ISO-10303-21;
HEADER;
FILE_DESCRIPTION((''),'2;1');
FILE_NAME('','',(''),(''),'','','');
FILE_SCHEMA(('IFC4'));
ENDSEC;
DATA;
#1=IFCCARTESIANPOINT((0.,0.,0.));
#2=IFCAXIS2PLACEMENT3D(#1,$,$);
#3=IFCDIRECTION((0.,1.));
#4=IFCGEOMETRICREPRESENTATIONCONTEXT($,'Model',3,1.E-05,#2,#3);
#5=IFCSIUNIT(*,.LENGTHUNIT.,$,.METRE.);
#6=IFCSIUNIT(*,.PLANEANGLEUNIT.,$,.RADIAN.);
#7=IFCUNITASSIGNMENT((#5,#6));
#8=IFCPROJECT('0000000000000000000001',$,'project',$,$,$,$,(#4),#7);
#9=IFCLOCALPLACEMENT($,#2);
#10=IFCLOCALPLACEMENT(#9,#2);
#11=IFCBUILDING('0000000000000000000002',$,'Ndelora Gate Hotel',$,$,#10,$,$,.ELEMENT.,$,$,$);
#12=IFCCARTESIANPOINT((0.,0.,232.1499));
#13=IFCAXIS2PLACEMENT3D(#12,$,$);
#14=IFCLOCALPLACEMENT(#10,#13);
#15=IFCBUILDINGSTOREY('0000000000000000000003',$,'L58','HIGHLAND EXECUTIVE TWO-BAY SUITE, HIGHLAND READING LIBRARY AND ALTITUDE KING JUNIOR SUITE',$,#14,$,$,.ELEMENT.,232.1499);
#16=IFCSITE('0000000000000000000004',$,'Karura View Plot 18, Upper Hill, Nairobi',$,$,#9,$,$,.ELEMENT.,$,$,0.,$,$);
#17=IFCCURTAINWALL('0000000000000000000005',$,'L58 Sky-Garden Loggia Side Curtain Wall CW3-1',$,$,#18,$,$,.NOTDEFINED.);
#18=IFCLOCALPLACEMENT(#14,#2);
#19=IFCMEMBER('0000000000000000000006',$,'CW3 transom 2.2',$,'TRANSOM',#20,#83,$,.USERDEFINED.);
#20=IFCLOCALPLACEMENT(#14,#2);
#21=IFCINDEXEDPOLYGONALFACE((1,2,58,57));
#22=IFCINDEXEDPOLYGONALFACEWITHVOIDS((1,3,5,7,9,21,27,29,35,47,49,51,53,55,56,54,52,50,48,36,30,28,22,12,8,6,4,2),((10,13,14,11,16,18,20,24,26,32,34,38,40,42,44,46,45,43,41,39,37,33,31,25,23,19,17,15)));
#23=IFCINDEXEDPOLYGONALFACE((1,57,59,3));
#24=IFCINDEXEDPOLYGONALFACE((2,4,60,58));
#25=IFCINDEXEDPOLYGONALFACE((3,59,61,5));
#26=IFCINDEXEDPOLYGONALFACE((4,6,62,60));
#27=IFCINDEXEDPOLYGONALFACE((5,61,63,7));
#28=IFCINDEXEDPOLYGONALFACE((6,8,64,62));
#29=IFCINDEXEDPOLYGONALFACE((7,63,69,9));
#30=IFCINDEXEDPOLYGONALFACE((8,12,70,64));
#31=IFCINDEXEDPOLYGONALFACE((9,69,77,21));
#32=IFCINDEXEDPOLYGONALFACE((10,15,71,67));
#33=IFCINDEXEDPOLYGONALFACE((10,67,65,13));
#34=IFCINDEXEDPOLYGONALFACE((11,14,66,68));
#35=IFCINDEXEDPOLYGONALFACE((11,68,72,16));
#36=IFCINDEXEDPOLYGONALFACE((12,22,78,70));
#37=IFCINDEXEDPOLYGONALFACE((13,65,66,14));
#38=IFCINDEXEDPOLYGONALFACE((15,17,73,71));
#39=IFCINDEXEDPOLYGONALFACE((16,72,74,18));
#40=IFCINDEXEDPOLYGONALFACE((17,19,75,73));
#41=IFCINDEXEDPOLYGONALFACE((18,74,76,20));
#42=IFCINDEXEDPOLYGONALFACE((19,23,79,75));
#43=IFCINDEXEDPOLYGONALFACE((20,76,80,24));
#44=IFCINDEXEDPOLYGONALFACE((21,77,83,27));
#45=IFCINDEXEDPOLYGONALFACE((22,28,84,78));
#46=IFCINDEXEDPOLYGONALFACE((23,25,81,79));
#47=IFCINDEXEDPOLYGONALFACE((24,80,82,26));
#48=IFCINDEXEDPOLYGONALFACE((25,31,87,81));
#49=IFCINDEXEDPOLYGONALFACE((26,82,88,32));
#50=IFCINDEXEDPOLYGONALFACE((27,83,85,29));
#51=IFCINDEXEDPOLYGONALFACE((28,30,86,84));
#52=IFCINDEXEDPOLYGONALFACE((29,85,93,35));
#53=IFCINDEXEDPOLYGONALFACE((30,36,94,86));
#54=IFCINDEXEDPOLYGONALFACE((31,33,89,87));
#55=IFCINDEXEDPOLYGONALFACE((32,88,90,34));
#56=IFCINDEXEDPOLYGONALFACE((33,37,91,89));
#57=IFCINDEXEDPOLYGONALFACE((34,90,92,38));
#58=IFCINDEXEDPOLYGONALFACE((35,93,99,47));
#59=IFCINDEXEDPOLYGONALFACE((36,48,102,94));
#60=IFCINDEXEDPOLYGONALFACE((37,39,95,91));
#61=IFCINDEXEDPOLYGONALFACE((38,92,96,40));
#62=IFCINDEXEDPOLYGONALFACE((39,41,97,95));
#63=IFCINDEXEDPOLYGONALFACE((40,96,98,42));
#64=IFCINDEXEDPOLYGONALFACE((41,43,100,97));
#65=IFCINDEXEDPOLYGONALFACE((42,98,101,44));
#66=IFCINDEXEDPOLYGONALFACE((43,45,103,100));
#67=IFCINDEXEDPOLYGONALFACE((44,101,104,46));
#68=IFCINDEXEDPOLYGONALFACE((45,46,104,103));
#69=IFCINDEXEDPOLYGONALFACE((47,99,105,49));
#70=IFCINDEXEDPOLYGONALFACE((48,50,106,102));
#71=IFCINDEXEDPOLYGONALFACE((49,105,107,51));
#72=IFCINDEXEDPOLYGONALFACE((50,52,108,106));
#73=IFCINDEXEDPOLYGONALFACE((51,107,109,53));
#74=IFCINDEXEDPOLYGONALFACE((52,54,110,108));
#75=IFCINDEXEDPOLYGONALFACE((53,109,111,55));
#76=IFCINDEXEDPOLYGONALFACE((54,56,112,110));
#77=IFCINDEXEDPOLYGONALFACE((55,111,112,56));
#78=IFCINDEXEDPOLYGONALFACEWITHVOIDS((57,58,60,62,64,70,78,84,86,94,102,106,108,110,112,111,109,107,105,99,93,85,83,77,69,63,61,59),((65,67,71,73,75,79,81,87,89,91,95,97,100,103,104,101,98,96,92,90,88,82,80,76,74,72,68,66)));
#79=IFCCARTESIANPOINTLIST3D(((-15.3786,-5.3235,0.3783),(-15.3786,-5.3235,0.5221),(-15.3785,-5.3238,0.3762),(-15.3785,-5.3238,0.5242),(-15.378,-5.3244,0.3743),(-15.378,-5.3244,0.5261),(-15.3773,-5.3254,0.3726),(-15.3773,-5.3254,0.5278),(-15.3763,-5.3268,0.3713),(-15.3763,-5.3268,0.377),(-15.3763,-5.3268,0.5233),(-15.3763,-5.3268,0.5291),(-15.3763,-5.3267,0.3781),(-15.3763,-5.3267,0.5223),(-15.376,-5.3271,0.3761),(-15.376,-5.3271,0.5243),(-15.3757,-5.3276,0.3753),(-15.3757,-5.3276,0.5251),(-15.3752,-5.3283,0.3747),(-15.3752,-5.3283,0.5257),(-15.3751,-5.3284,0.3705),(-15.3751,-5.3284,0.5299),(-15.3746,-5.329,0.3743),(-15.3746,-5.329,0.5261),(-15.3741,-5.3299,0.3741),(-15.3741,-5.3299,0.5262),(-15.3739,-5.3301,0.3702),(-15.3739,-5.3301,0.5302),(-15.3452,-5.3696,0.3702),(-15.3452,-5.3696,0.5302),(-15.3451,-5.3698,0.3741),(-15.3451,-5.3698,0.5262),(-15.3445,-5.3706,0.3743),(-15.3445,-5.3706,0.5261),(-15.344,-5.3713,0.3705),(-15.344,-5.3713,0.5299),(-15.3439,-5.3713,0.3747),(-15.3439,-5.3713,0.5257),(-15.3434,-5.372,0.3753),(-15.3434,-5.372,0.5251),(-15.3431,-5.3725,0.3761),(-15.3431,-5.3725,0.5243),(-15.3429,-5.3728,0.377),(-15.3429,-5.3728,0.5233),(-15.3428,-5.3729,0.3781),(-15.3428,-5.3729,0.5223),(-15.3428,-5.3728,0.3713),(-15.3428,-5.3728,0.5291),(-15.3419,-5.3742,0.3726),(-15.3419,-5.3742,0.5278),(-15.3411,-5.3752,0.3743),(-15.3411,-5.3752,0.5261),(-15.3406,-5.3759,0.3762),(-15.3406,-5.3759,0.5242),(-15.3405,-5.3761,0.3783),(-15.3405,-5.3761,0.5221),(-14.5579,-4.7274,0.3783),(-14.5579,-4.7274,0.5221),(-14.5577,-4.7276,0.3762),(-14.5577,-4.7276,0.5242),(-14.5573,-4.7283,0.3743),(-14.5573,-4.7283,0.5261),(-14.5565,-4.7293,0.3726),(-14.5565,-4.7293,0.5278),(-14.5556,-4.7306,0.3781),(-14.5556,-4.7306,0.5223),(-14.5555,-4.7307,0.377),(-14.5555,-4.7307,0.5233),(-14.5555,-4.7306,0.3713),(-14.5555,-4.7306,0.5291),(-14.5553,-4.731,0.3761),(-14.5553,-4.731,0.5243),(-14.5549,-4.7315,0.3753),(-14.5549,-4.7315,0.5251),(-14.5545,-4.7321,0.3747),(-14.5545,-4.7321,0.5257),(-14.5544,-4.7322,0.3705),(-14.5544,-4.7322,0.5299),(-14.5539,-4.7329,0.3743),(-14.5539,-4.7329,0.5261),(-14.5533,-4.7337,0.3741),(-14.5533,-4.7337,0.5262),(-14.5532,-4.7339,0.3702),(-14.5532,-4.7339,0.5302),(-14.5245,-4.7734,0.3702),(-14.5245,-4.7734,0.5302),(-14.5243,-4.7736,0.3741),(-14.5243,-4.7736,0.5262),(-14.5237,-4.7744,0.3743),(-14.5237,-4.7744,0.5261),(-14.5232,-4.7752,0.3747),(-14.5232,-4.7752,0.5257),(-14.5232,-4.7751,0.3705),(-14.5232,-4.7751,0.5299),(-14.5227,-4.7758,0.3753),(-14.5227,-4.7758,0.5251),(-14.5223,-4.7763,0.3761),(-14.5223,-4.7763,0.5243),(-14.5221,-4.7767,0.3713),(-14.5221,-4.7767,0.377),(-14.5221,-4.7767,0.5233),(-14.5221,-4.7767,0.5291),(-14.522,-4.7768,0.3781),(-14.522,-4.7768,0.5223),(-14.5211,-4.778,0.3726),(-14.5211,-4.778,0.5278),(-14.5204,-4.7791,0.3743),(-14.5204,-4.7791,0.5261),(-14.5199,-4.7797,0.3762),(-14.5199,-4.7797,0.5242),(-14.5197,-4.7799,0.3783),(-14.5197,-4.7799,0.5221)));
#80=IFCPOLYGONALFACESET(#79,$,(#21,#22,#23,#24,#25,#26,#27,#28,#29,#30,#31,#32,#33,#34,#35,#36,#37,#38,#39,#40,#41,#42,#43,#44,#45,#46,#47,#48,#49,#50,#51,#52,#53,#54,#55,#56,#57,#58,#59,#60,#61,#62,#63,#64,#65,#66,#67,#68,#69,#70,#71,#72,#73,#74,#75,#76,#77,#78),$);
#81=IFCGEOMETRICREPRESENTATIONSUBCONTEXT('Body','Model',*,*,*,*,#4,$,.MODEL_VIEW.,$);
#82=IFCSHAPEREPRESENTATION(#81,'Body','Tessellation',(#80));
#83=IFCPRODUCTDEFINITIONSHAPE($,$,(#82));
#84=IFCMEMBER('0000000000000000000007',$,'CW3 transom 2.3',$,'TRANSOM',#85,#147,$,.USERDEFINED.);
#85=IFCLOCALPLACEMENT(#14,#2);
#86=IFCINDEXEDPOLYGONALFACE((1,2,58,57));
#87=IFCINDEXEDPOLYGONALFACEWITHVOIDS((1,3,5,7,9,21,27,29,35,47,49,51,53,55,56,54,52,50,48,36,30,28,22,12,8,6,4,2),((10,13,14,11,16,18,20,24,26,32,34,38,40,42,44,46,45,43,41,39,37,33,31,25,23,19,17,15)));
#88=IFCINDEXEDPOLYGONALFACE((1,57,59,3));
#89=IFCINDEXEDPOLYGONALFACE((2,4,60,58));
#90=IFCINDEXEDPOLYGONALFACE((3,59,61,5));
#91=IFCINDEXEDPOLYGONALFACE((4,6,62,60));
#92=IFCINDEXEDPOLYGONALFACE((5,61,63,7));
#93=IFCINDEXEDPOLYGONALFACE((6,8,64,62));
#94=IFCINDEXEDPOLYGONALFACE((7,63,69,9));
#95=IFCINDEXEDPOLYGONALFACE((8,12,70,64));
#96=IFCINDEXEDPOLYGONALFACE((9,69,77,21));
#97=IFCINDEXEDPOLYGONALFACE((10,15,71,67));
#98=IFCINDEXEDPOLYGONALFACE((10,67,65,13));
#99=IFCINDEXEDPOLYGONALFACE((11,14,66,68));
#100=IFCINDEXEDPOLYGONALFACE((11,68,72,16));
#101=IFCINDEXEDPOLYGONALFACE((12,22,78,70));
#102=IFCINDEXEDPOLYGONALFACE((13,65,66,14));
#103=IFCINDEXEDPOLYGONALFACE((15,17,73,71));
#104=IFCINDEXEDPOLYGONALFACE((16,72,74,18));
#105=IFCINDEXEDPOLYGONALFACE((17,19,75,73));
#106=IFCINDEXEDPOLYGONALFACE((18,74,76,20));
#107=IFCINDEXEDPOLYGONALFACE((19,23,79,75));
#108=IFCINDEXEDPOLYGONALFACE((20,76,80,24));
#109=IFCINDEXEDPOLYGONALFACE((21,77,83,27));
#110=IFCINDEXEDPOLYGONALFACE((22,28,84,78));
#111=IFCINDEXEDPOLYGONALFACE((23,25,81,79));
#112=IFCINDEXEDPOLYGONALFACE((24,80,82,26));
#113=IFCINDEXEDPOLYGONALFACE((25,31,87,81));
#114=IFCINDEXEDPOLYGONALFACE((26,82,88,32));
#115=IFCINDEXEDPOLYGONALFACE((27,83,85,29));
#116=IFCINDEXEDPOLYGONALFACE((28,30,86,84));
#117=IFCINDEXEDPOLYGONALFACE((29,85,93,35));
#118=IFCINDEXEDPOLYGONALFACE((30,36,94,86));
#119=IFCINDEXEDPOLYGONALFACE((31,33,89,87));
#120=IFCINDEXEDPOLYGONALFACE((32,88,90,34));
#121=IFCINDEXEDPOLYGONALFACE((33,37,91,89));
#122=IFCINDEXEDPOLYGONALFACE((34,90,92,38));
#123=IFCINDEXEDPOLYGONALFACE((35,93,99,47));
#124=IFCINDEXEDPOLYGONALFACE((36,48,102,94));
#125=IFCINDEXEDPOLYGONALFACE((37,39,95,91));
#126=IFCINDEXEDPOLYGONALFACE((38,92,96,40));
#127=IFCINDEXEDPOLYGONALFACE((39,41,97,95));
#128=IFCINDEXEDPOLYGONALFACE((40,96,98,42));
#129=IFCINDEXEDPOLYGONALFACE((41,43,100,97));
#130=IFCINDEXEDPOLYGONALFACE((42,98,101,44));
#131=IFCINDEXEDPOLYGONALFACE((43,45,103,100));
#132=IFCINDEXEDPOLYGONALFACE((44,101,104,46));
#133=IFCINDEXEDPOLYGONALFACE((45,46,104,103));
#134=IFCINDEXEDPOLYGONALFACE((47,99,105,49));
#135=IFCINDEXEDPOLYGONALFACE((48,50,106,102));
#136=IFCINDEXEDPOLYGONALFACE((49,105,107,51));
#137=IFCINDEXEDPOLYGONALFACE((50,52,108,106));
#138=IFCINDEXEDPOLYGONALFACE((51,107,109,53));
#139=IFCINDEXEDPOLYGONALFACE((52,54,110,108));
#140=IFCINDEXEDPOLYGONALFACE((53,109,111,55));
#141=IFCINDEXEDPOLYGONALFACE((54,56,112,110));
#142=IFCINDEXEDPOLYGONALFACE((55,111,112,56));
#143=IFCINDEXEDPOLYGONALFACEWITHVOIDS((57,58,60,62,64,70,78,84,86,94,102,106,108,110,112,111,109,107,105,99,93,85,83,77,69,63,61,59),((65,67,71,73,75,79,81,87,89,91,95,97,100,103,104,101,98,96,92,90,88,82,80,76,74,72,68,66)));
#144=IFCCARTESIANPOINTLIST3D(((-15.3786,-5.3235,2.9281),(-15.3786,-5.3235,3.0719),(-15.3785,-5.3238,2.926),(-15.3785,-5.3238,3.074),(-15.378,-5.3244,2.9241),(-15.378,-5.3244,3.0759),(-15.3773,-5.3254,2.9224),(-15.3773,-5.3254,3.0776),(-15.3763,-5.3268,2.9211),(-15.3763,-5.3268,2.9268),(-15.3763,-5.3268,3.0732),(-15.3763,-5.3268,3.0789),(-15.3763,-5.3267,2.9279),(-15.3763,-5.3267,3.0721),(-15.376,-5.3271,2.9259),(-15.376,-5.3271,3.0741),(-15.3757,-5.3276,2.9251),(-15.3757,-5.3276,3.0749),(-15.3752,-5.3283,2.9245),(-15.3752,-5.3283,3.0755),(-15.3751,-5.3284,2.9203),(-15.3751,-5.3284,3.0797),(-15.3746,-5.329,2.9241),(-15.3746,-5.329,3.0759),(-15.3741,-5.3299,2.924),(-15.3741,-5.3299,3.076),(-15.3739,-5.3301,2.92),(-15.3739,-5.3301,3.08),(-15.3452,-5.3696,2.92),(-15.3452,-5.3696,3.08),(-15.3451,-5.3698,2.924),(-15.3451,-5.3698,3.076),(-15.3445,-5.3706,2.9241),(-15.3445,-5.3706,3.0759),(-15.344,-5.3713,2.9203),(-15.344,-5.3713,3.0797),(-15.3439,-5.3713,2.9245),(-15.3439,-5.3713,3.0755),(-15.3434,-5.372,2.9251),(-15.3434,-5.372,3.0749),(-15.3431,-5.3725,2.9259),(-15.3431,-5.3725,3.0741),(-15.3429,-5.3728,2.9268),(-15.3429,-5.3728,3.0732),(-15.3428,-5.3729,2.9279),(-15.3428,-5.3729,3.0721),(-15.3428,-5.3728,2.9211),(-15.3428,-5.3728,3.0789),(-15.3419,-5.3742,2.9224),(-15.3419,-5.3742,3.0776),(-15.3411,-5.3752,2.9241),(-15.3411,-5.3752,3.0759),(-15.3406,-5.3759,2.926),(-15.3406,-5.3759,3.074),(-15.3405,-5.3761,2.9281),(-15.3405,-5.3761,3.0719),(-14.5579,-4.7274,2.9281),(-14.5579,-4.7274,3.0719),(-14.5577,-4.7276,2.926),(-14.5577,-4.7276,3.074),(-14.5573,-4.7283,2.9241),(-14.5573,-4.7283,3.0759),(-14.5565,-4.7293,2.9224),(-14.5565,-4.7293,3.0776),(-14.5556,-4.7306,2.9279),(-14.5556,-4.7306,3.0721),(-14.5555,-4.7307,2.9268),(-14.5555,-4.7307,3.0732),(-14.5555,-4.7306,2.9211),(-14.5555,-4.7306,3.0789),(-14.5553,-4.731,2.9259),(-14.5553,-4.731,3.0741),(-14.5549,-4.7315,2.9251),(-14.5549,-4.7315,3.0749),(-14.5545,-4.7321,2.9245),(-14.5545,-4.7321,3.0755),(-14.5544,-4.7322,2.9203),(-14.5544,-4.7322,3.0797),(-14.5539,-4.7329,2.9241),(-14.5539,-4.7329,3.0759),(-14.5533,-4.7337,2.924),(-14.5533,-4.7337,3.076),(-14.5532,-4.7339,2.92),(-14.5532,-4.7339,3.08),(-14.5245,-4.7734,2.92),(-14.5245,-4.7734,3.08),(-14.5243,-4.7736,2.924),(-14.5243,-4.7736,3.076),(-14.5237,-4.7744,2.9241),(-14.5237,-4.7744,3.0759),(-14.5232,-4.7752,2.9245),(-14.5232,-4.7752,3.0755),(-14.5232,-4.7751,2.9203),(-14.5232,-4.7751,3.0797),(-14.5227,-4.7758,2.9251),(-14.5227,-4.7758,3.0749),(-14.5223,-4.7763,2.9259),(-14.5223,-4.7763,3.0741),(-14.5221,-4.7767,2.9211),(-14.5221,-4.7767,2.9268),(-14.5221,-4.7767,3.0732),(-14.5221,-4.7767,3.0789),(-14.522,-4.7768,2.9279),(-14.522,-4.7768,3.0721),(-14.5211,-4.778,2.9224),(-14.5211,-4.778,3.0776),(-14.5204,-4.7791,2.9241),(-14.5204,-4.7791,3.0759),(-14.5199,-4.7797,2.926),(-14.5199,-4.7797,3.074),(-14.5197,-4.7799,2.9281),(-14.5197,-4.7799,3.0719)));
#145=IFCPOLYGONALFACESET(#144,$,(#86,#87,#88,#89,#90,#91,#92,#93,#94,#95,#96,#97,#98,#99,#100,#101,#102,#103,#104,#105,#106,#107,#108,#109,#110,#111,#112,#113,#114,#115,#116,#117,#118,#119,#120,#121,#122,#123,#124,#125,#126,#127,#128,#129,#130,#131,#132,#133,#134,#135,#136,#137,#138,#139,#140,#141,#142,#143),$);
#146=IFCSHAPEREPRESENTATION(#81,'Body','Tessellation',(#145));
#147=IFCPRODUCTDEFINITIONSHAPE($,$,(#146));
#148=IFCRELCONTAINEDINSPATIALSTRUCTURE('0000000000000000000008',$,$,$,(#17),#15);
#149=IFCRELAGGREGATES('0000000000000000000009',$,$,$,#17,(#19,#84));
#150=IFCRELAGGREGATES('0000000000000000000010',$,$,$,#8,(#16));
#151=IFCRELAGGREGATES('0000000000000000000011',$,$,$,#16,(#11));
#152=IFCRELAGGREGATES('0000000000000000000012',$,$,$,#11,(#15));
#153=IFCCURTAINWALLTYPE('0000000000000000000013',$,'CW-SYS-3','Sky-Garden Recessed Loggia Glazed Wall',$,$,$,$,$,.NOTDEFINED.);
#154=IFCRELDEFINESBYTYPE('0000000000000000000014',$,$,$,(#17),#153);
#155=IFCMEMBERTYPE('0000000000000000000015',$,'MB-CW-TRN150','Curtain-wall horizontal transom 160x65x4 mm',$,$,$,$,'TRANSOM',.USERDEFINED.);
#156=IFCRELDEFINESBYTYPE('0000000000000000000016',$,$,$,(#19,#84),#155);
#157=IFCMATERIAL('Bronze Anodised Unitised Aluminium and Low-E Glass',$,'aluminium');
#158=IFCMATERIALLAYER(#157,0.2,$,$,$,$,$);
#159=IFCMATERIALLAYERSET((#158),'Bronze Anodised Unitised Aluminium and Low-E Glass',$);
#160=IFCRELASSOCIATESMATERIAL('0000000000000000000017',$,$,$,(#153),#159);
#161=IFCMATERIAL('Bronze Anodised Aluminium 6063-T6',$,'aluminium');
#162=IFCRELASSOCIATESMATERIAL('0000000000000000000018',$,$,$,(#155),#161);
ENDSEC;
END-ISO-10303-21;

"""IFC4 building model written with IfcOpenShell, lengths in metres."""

from ifc_helpers import new_model, si_unit, direction, frame, origin, origin_2d, place, context, subcontext, project, spatial, hollow_rectangle, extrude, material, layer, layer_set, material_profile, profile_set, type_object, element, aggregate, save


model = new_model("IFC4")

# Units and contexts
model_context = context("Model", 3, precision=1e-05, world=origin(), true_north=direction((0.0, 1.0)))
body_context = subcontext(model_context, "Body", "Model", "MODEL_VIEW")
ifc_project = project(units=[si_unit("LENGTHUNIT", "METRE"), si_unit("PLANEANGLEUNIT", "RADIAN")], contexts=[model_context])

# Site, building, storey
site_placement = place(None, origin())
site = spatial("IfcSite", under=ifc_project, at=site_placement, Name="Karura View Plot 18, Upper Hill, Nairobi", CompositionType="ELEMENT", RefElevation=0.0)
building_placement = place(site_placement, origin())
building = spatial("IfcBuilding", under=site, at=building_placement, Name="Ndelora Gate Hotel", CompositionType="ELEMENT")
storey_placement = place(building_placement, frame((0.0, 0.0, 232.1499)))
storey = spatial("IfcBuildingStorey", under=building, at=storey_placement, Name="L58", Description="HIGHLAND EXECUTIVE TWO-BAY SUITE, HIGHLAND READING LIBRARY AND ALTITUDE KING JUNIOR SUITE", CompositionType="ELEMENT", Elevation=232.1499)

# Curtain wall, members
ifc_material_1 = material(Name="Bronze Anodised Unitised Aluminium and Low-E Glass", Category="aluminium")
ifc_layer_1 = layer(ifc_material_1, 0.2)
ifc_layer_set_1 = layer_set([ifc_layer_1], Name="Bronze Anodised Unitised Aluminium and Low-E Glass")
curtain_wall_type = type_object("IfcCurtainWallType", Name="CW-SYS-3", Description="Sky-Garden Recessed Loggia Glazed Wall", PredefinedType="NOTDEFINED", material=ifc_layer_set_1)
curtain_wall_placement = place(storey_placement, origin())
curtain_wall = element("IfcCurtainWall", 1, at=curtain_wall_placement, inside=storey, type_object=curtain_wall_type, Name="L58 Sky-Garden Loggia Side Curtain Wall CW3-1", PredefinedType="NOTDEFINED")
ifc_material_2 = material(Name="Bronze Anodised Aluminium 6063-T6", Category="aluminium")
ifc_material_profile_1 = material_profile(ifc_material_2, hollow_rectangle(XDim=0.0649, YDim=0.1599, WallThickness=0.0039, InnerFilletRadius=0.0039, OuterFilletRadius=0.0081, at=origin_2d()), Name="ALU 160x65x4")
ifc_profile_set_1 = profile_set([ifc_material_profile_1], Name="Bronze Anodised Aluminium 6063-T6")
member_type_1 = type_object("IfcMemberType", Name="MB-CW-TRN150", Description="Curtain-wall horizontal transom 160x65x4 mm", ElementType="TRANSOM", PredefinedType="USERDEFINED", material=ifc_profile_set_1)
member_1_placement = place(storey_placement, frame((-14.5388, -4.7537, 0.4502), z_axis=(-0.80909, -0.587685, 0.0), x_axis=(0.587685, -0.80909, 0.0)))
member_1 = element("IfcMember", 2, at=member_1_placement, type_object=member_type_1, Name="CW3 transom 2.2", ObjectType="TRANSOM", PredefinedType="USERDEFINED", context=body_context, shape_type="SweptSolid", body=[
    extrude(hollow_rectangle(XDim=0.0649, YDim=0.1599, WallThickness=0.0039, InnerFilletRadius=0.0039, OuterFilletRadius=0.0081, at=origin_2d()), origin(), (0.0, 0.0, 1.0), 1.0144),
])
member_2_placement = place(storey_placement, frame((-14.5388, -4.7537, 3.0), z_axis=(-0.80909, -0.587685, 0.0), x_axis=(0.587685, -0.80909, 0.0)))
member_2 = element("IfcMember", 3, at=member_2_placement, type_object=member_type_1, Name="CW3 transom 2.3", ObjectType="TRANSOM", PredefinedType="USERDEFINED", context=body_context, shape_type="SweptSolid", body=[
    extrude(hollow_rectangle(XDim=0.0649, YDim=0.1599, WallThickness=0.0039, InnerFilletRadius=0.0039, OuterFilletRadius=0.0081, at=origin_2d()), origin(), (0.0, 0.0, 1.0), 1.0144),
])
aggregate(curtain_wall, [member_1, member_2])

save(model, "model.ifc")
